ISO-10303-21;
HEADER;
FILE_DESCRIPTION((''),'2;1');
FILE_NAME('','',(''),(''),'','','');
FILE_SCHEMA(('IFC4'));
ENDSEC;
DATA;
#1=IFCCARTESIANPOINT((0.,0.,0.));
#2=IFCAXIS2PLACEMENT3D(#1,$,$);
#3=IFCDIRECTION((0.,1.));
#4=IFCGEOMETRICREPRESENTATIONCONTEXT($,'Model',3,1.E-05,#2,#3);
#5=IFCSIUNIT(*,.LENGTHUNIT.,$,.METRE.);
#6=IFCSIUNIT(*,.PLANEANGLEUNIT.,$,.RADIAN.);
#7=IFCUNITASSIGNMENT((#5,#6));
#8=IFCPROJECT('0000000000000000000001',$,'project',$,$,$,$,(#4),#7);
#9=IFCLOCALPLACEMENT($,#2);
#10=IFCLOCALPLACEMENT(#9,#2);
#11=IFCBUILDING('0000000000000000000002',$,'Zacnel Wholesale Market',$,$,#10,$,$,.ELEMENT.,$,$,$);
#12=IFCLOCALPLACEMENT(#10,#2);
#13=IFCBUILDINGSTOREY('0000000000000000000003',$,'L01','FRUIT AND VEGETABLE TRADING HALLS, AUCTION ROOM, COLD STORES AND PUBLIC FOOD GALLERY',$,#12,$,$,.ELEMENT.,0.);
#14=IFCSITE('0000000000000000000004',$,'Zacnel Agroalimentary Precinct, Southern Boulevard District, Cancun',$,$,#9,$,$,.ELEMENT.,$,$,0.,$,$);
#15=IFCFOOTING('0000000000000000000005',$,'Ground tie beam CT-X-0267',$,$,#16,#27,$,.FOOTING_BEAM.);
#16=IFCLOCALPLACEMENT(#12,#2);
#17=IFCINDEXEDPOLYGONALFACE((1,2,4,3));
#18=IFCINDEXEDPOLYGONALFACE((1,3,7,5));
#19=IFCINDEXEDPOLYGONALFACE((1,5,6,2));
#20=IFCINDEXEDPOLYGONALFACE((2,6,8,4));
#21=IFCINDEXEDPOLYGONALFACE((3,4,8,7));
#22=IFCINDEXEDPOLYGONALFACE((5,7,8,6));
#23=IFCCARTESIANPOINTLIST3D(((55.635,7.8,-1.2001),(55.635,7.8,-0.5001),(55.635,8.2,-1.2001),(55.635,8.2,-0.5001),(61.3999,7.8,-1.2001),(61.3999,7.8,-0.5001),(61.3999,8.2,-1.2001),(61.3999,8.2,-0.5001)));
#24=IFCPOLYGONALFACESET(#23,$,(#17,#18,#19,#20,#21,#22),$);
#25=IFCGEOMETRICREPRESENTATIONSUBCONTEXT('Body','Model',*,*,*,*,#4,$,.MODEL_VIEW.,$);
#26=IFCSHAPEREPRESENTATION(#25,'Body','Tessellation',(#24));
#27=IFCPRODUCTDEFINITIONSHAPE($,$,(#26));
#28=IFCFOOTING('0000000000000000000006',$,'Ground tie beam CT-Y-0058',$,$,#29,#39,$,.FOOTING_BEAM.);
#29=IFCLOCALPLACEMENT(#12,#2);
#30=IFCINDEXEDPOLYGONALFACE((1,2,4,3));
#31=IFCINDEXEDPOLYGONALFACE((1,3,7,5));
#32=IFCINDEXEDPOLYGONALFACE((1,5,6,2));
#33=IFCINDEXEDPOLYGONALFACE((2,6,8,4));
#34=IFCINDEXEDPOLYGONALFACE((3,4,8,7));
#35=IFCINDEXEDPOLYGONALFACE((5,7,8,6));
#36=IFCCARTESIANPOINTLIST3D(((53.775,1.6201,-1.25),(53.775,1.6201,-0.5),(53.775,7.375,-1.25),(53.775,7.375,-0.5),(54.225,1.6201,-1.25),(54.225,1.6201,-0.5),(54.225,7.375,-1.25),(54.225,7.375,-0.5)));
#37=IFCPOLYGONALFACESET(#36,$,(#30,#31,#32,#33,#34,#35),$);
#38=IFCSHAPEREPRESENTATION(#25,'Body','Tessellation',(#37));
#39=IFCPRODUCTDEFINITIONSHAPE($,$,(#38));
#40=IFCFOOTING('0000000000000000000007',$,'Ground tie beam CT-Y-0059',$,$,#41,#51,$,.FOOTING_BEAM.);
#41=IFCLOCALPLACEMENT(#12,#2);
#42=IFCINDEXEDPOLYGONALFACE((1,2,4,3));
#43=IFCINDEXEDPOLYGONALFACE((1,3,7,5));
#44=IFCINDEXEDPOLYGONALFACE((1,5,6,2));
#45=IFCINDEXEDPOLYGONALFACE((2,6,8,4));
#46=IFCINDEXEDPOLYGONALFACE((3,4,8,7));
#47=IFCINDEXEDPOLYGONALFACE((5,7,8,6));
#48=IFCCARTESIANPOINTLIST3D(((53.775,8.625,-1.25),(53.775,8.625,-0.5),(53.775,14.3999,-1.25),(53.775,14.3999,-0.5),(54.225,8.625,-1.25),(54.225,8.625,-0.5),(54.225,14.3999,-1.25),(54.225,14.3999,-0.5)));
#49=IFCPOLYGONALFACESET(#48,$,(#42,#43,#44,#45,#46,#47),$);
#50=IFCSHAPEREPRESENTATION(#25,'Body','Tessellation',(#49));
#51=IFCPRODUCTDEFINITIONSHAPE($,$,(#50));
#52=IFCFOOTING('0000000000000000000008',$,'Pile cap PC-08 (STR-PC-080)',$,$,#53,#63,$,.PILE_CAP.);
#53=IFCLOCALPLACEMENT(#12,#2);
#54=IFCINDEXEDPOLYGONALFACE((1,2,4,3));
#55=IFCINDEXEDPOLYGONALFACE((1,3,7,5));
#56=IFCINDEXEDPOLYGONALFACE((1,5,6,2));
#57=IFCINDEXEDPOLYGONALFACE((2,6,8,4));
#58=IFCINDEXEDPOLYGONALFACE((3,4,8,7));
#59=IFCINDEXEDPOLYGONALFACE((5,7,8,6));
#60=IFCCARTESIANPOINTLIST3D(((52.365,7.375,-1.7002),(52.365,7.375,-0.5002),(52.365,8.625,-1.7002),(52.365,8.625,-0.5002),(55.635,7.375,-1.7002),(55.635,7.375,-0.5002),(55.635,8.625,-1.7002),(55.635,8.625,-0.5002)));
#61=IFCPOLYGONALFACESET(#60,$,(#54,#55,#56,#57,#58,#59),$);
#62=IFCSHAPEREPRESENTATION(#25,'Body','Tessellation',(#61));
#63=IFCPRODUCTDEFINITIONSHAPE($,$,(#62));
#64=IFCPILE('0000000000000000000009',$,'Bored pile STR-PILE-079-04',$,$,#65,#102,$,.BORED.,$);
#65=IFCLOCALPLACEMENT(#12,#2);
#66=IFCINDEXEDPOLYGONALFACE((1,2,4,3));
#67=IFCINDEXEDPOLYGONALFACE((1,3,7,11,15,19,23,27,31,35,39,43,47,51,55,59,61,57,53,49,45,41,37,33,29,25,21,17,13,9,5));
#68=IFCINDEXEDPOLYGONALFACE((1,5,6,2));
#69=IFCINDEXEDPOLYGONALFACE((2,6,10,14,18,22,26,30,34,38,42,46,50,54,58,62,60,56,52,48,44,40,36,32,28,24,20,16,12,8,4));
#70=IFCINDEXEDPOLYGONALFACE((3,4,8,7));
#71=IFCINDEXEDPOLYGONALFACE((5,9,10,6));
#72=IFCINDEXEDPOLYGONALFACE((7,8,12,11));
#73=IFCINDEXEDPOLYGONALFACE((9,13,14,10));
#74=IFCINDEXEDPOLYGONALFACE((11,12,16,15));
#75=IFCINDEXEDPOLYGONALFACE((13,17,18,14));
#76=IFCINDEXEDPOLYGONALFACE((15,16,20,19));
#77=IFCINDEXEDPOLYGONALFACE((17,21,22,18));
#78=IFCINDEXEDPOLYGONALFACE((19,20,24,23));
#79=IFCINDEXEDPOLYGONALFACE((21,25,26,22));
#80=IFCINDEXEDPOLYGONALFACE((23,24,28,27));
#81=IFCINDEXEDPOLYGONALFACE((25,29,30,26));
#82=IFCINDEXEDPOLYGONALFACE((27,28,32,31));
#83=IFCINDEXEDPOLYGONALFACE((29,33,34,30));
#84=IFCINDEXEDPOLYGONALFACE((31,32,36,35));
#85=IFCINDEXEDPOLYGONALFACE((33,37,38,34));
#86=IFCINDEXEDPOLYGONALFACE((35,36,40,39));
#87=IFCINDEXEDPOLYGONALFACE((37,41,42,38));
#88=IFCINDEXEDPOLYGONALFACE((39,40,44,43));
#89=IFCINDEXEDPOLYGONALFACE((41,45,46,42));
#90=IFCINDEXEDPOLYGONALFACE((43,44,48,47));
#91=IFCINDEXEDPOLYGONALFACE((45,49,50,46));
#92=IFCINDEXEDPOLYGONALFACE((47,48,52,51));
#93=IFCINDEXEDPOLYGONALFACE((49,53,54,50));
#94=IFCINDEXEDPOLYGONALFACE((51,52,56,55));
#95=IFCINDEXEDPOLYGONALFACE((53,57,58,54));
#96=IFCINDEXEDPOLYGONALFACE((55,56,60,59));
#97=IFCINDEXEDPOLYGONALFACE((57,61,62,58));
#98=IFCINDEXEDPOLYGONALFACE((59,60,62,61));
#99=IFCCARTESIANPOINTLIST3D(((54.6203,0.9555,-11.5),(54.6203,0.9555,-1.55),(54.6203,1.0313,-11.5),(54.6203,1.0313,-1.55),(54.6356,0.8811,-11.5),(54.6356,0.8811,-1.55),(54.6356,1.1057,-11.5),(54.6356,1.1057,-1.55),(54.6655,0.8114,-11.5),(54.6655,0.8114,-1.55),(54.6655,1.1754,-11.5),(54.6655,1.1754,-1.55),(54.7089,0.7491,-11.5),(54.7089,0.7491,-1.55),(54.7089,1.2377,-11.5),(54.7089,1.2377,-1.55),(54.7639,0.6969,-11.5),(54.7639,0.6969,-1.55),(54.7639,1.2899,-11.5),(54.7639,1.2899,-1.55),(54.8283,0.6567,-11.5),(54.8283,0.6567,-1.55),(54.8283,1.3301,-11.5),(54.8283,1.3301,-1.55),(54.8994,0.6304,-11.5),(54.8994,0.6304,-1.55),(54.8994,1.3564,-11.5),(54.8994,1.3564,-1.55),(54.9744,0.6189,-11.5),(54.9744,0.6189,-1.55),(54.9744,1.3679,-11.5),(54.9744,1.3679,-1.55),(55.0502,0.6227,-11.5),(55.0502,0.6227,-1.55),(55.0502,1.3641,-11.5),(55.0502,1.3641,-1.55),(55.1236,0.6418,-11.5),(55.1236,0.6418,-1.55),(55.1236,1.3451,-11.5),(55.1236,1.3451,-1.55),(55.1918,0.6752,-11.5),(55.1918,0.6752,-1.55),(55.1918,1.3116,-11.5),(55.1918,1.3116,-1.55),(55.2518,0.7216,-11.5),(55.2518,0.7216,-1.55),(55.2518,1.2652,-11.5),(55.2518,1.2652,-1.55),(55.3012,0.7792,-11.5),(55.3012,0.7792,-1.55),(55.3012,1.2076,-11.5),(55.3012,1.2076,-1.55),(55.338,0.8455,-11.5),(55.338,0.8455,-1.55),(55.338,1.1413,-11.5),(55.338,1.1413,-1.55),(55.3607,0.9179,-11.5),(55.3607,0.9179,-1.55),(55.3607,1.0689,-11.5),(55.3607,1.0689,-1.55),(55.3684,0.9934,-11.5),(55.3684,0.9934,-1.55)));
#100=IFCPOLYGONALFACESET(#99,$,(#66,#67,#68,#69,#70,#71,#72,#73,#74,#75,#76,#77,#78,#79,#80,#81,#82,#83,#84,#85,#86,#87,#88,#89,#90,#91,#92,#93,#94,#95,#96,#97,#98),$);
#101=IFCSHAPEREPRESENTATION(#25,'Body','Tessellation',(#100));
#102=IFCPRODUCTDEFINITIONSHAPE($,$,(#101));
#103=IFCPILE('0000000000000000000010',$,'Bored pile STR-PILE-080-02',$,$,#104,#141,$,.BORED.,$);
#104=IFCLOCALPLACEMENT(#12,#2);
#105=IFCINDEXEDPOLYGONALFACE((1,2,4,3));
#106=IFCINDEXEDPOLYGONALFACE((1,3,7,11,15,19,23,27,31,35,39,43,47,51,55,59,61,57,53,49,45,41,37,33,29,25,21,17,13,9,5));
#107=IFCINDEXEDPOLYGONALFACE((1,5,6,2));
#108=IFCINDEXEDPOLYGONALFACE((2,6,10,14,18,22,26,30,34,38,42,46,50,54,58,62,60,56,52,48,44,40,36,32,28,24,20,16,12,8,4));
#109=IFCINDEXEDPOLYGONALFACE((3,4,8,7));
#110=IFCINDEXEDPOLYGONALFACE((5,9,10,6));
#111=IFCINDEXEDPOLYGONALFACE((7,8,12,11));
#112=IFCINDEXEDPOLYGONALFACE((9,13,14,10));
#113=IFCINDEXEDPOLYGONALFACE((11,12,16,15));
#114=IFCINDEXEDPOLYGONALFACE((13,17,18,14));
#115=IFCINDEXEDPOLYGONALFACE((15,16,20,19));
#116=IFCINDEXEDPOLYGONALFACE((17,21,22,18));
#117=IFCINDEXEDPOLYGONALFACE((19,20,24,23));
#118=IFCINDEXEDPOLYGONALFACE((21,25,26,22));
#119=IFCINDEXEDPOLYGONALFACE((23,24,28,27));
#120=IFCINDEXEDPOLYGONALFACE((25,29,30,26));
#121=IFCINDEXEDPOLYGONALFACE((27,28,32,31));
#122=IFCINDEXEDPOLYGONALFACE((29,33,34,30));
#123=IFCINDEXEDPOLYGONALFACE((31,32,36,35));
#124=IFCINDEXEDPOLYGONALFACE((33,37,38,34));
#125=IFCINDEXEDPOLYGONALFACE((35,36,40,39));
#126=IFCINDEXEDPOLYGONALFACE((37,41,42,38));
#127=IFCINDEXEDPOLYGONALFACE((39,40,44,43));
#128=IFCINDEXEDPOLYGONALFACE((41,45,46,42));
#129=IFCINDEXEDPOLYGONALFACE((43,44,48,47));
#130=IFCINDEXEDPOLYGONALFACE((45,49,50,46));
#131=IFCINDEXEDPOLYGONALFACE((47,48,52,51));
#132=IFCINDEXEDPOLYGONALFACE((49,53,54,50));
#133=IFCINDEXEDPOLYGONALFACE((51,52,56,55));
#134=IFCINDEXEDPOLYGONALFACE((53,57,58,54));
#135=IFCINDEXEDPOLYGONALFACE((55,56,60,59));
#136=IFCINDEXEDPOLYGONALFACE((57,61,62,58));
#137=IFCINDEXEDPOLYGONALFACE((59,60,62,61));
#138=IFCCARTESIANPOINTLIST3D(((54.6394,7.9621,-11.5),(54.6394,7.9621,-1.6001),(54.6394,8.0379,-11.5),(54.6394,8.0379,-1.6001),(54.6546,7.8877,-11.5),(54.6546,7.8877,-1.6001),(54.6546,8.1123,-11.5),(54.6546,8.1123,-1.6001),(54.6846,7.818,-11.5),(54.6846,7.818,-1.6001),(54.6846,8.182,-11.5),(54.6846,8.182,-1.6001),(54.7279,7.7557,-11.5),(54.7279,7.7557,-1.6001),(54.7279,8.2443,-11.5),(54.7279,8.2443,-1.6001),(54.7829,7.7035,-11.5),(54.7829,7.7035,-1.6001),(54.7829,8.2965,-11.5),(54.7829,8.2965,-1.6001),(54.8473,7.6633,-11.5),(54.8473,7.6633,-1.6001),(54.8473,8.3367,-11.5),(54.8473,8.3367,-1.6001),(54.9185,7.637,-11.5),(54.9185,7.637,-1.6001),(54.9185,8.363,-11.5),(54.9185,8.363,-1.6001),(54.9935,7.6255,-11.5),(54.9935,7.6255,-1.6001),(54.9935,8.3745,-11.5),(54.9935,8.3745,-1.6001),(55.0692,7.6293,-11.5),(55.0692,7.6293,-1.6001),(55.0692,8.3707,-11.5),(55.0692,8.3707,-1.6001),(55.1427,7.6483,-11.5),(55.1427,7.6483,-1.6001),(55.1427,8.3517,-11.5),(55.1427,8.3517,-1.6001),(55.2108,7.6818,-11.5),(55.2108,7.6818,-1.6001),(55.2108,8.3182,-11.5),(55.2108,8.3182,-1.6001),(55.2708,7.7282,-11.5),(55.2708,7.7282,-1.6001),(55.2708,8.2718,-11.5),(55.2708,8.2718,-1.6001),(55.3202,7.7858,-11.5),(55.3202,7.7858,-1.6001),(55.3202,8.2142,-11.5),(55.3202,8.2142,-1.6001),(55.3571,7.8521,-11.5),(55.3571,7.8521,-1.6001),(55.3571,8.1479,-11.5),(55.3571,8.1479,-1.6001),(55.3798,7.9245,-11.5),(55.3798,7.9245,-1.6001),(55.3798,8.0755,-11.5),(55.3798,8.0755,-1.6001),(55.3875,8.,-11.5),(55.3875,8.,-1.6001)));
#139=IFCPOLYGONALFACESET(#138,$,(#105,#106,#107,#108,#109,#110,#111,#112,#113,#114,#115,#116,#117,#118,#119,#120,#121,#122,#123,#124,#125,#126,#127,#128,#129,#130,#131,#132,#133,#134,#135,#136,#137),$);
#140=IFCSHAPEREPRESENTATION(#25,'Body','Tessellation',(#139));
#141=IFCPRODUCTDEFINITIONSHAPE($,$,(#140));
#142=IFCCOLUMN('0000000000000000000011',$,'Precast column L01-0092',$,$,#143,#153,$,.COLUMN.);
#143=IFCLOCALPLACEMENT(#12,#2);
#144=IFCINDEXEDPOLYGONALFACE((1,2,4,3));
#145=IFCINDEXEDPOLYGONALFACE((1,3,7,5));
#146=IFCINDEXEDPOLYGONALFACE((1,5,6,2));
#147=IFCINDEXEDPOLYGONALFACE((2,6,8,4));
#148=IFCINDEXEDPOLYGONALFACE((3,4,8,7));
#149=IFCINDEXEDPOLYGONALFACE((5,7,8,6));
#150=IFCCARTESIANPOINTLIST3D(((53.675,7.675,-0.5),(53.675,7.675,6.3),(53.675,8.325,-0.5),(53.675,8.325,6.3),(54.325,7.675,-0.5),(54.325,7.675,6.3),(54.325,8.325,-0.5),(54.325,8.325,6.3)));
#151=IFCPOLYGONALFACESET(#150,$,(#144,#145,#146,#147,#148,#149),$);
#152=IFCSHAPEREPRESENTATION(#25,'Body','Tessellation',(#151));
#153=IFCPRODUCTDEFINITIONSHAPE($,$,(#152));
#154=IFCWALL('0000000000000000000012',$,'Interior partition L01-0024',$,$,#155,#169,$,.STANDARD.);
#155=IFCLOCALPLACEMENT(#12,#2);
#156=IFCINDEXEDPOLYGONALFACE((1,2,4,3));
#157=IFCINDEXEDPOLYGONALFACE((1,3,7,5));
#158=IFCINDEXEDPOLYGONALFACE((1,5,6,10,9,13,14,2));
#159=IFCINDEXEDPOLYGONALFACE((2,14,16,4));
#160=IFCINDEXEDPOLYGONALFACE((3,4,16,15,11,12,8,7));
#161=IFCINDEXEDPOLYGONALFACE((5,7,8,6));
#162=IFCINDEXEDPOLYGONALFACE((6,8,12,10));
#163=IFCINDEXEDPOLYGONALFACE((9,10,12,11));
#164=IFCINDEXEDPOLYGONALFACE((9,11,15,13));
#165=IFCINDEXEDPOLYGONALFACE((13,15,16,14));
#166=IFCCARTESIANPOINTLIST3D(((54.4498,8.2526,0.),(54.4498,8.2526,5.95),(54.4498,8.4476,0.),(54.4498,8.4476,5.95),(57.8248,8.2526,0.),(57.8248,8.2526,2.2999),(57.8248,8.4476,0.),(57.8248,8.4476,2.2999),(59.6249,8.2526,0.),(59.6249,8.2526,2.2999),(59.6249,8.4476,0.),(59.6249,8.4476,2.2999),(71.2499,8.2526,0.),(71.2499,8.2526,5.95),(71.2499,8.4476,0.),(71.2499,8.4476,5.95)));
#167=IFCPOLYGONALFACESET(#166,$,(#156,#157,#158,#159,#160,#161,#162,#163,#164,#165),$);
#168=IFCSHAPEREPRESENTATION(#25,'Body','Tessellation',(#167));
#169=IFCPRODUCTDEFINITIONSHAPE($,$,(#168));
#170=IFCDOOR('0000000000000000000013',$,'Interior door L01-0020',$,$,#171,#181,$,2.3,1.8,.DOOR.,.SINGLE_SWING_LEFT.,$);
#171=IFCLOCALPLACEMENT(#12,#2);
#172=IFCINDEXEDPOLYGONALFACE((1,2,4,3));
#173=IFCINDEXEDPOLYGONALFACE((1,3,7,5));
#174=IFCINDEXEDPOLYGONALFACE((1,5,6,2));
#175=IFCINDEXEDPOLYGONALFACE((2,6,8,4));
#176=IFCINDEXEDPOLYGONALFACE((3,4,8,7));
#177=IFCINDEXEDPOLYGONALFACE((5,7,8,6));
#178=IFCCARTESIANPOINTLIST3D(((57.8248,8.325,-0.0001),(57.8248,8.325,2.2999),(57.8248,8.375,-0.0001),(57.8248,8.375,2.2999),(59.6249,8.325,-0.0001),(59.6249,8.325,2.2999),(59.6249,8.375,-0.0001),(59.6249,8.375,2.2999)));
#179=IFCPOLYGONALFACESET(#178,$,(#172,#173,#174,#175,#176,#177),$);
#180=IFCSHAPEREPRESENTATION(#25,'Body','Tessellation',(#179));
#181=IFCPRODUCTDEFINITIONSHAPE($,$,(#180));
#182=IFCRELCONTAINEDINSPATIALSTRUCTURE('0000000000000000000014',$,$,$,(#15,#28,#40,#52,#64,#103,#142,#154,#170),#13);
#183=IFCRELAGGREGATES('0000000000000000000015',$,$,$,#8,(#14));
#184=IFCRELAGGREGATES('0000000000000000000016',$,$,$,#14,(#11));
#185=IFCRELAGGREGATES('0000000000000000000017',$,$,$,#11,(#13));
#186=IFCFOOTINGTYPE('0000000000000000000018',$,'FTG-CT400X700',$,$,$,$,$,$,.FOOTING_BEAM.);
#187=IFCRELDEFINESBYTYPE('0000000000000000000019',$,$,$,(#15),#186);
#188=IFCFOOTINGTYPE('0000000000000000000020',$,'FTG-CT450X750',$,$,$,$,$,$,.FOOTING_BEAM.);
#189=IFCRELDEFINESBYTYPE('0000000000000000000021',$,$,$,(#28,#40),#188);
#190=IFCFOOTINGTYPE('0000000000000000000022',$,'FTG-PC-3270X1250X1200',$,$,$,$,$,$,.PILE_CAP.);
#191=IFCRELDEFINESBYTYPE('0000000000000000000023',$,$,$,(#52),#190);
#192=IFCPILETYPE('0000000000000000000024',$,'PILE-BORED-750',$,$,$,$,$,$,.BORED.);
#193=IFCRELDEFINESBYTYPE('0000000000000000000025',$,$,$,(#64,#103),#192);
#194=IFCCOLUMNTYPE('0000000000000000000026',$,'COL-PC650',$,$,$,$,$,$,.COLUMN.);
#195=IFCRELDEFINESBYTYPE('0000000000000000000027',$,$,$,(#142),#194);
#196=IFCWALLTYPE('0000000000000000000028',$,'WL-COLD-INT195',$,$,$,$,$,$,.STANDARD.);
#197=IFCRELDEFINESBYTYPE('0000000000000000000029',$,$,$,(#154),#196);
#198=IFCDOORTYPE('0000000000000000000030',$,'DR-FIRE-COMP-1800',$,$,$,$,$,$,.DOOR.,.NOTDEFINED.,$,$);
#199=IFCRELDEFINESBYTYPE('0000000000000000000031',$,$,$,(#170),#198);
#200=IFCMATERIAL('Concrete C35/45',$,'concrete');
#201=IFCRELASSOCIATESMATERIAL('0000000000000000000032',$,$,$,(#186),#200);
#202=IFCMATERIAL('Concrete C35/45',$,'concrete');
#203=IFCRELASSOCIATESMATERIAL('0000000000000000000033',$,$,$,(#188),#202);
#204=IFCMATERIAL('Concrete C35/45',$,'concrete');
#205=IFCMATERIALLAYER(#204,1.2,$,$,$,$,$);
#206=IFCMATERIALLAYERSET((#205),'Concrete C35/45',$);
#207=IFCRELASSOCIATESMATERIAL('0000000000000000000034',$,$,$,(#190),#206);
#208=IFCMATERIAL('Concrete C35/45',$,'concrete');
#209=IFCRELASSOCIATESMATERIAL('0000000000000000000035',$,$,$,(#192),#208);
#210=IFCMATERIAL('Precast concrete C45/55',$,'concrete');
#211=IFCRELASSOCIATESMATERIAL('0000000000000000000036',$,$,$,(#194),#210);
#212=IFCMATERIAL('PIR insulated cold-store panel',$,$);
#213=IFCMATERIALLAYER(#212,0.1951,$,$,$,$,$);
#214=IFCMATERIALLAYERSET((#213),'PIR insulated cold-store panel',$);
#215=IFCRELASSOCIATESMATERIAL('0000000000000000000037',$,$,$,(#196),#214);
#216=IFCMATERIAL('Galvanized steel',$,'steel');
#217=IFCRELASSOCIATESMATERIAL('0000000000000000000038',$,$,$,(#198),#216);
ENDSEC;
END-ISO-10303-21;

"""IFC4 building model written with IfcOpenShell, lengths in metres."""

from ifc_helpers import new_model, si_unit, direction, frame, frame_2d, origin, origin_2d, place, context, subcontext, project, spatial, rectangle, circle, extrude, material, layer, layer_set, material_profile, profile_set, type_object, element, fill, save


model = new_model("IFC4")

# Units and contexts
model_context = context("Model", 3, precision=1e-05, world=origin(), true_north=direction((0.0, 1.0)))
body_context = subcontext(model_context, "Body", "Model", "MODEL_VIEW")
ifc_project = project(units=[si_unit("LENGTHUNIT", "METRE"), si_unit("PLANEANGLEUNIT", "RADIAN")], contexts=[model_context])

# Site, building, storey
site_placement = place(None, origin())
site = spatial("IfcSite", under=ifc_project, at=site_placement, Name="Zacnel Agroalimentary Precinct, Southern Boulevard District, Cancun", CompositionType="ELEMENT", RefElevation=0.0)
building_placement = place(site_placement, origin())
building = spatial("IfcBuilding", under=site, at=building_placement, Name="Zacnel Wholesale Market", CompositionType="ELEMENT")
storey_placement = place(building_placement, origin())
storey = spatial("IfcBuildingStorey", under=building, at=storey_placement, Name="L01", Description="FRUIT AND VEGETABLE TRADING HALLS, AUCTION ROOM, COLD STORES AND PUBLIC FOOD GALLERY", CompositionType="ELEMENT", Elevation=0.0)

# Footings
ifc_material_1 = material(Name="Concrete C35/45", Category="concrete")
ifc_material_profile_1 = material_profile(ifc_material_1, rectangle(XDim=0.3999, YDim=0.7, at=origin_2d()), Name="CT 400x700")
ifc_profile_set_1 = profile_set([ifc_material_profile_1], Name="Concrete C35/45")
footing_type_1 = type_object("IfcFootingType", Name="FTG-CT400X700", PredefinedType="FOOTING_BEAM", material=ifc_profile_set_1)
footing_1_placement = place(storey_placement, frame((55.635, 8.0, -0.8501), z_axis=(1.0, 0.0, 0.0), x_axis=(0.0, 1.0, 0.0)))
element("IfcFooting", 1, at=footing_1_placement, inside=storey, type_object=footing_type_1, Name="Ground tie beam CT-X-0267", PredefinedType="FOOTING_BEAM", context=body_context, shape_type="SweptSolid", body=[
    extrude(rectangle(XDim=0.3999, YDim=0.7, at=origin_2d()), origin(), (0.0, 0.0, 1.0), 5.7649),
])
ifc_material_2 = material(Name="Concrete C35/45", Category="concrete")
ifc_material_profile_2 = material_profile(ifc_material_2, rectangle(XDim=0.45, YDim=0.75, at=origin_2d()), Name="CT 450x750")
ifc_profile_set_2 = profile_set([ifc_material_profile_2], Name="Concrete C35/45")
footing_type_2 = type_object("IfcFootingType", Name="FTG-CT450X750", PredefinedType="FOOTING_BEAM", material=ifc_profile_set_2)
footing_2_placement = place(storey_placement, frame((54.0, 1.6201, -0.875), z_axis=(0.0, 1.0, 0.0), x_axis=(-1.0, 0.0, 0.0)))
element("IfcFooting", 2, at=footing_2_placement, inside=storey, type_object=footing_type_2, Name="Ground tie beam CT-Y-0058", PredefinedType="FOOTING_BEAM", context=body_context, shape_type="SweptSolid", body=[
    extrude(rectangle(XDim=0.45, YDim=0.75, at=origin_2d()), origin(), (0.0, 0.0, 1.0), 5.7549),
])
footing_3_placement = place(storey_placement, frame((54.0, 8.625, -0.875), z_axis=(0.0, 1.0, 0.0), x_axis=(-1.0, 0.0, 0.0)))
element("IfcFooting", 3, at=footing_3_placement, inside=storey, type_object=footing_type_2, Name="Ground tie beam CT-Y-0059", PredefinedType="FOOTING_BEAM", context=body_context, shape_type="SweptSolid", body=[
    extrude(rectangle(XDim=0.45, YDim=0.75, at=origin_2d()), origin(), (0.0, 0.0, 1.0), 5.7749),
])
ifc_material_3 = material(Name="Concrete C35/45", Category="concrete")
ifc_layer_1 = layer(ifc_material_3, 1.2)
ifc_layer_set_1 = layer_set([ifc_layer_1], Name="Concrete C35/45")
footing_type_3 = type_object("IfcFootingType", Name="FTG-PC-3270X1250X1200", PredefinedType="PILE_CAP", material=ifc_layer_set_1)
footing_4_placement = place(storey_placement, frame((54.0, 8.0, -1.7002), z_axis=(0.0, 0.0, 1.0), x_axis=(1.0, 0.0, 0.0)))
element("IfcFooting", 4, at=footing_4_placement, inside=storey, type_object=footing_type_3, Name="Pile cap PC-08 (STR-PC-080)", PredefinedType="PILE_CAP", context=body_context, shape_type="SweptSolid", body=[
    extrude(rectangle(XDim=3.27, YDim=1.25, at=origin_2d()), origin(), (0.0, 0.0, 1.0), 1.2),
])

# Piles
ifc_material_4 = material(Name="Concrete C35/45", Category="concrete")
ifc_material_profile_3 = material_profile(ifc_material_4, circle(Radius=0.375, at=origin_2d()), Name="BORED PILE D750")
ifc_profile_set_3 = profile_set([ifc_material_profile_3], Name="Concrete C35/45")
pile_type = type_object("IfcPileType", Name="PILE-BORED-750", PredefinedType="BORED", material=ifc_profile_set_3)
pile_1_placement = place(storey_placement, frame((54.9934, 0.9934, -1.55), z_axis=(0.0, 0.0, -1.0), x_axis=(1.0, 0.0, 0.0)))
element("IfcPile", 5, at=pile_1_placement, inside=storey, type_object=pile_type, Name="Bored pile STR-PILE-079-04", PredefinedType="BORED", context=body_context, shape_type="SweptSolid", body=[
    extrude(circle(Radius=0.375, at=origin_2d()), origin(), (0.0, 0.0, 1.0), 9.95),
])
pile_2_placement = place(storey_placement, frame((55.0125, 8.0, -1.6001), z_axis=(0.0, 0.0, -1.0), x_axis=(1.0, 0.0, 0.0)))
element("IfcPile", 6, at=pile_2_placement, inside=storey, type_object=pile_type, Name="Bored pile STR-PILE-080-02", PredefinedType="BORED", context=body_context, shape_type="SweptSolid", body=[
    extrude(circle(Radius=0.375, at=origin_2d()), origin(), (0.0, 0.0, 1.0), 9.8999),
])

# Column
ifc_material_5 = material(Name="Precast concrete C45/55", Category="concrete")
ifc_material_profile_4 = material_profile(ifc_material_5, rectangle(XDim=0.6499, YDim=0.6499, at=origin_2d()), Name="PC 650x650")
ifc_profile_set_4 = profile_set([ifc_material_profile_4], Name="Precast concrete C45/55")
column_type = type_object("IfcColumnType", Name="COL-PC650", PredefinedType="COLUMN", material=ifc_profile_set_4)
column_placement = place(storey_placement, frame((54.0, 8.0, -0.5), z_axis=(0.0, 0.0, 1.0), x_axis=(1.0, 0.0, 0.0)))
element("IfcColumn", 7, at=column_placement, inside=storey, type_object=column_type, Name="Precast column L01-0092", PredefinedType="COLUMN", context=body_context, shape_type="SweptSolid", body=[
    extrude(rectangle(XDim=0.6499, YDim=0.6499, at=origin_2d()), origin(), (0.0, 0.0, 1.0), 6.8),
])

# Wall, opening, door
ifc_material_6 = material(Name="PIR insulated cold-store panel")
ifc_layer_2 = layer(ifc_material_6, 0.1951)
ifc_layer_set_2 = layer_set([ifc_layer_2], Name="PIR insulated cold-store panel")
wall_type_1 = type_object("IfcWallType", Name="WL-COLD-INT195", PredefinedType="STANDARD", material=ifc_layer_set_2)
wall_1_placement = place(storey_placement, frame((54.45, 8.3501, 0.0), z_axis=(0.0, 0.0, 1.0), x_axis=(1.0, 0.0, 0.0)))
wall_1 = element("IfcWall", 8, at=wall_1_placement, inside=storey, type_object=wall_type_1, Name="Interior partition L01-0024", PredefinedType="STANDARD", context=body_context, shape_type="SweptSolid", body=[
    extrude(rectangle(XDim=16.8, YDim=0.1951, at=frame_2d((8.3999, 0.0))), origin(), (0.0, 0.0, 1.0), 5.95),
])
opening_1_placement = place(wall_1_placement, frame((3.375, 0.0, 0.0)))
opening_1 = element("IfcOpeningElement", 9, at=opening_1_placement, cuts=wall_1, PredefinedType="OPENING", context=body_context, shape_type="SweptSolid", body=[
    extrude(rectangle(XDim=1.8, YDim=2.3, at=frame_2d((0.8999, 1.1499))), frame((0.0, 0.1074, 0.0), z_axis=(0.0, -1.0, 0.0), x_axis=(1.0, 0.0, 0.0)), (0.0, 0.0, 1.0), 0.2151),
])
ifc_material_7 = material(Name="Galvanized steel", Category="steel")
door_type = type_object("IfcDoorType", Name="DR-FIRE-COMP-1800", OperationType="NOTDEFINED", PredefinedType="DOOR", material=ifc_material_7)
door_placement = place(opening_1_placement, origin())
door = element("IfcDoor", 10, at=door_placement, inside=storey, type_object=door_type, Name="Interior door L01-0020", OperationType="SINGLE_SWING_LEFT", OverallHeight=2.3, OverallWidth=1.8, PredefinedType="DOOR", context=body_context, shape_type="SweptSolid", body=[
    extrude(rectangle(XDim=1.8, YDim=2.3, at=frame_2d((0.8999, 1.1499))), frame((0.0, 0.0249, 0.0), z_axis=(0.0, -1.0, 0.0), x_axis=(1.0, 0.0, 0.0)), (0.0, 0.0, 1.0), 0.05),
])
fill(opening_1, door)

save(model, "model.ifc")
